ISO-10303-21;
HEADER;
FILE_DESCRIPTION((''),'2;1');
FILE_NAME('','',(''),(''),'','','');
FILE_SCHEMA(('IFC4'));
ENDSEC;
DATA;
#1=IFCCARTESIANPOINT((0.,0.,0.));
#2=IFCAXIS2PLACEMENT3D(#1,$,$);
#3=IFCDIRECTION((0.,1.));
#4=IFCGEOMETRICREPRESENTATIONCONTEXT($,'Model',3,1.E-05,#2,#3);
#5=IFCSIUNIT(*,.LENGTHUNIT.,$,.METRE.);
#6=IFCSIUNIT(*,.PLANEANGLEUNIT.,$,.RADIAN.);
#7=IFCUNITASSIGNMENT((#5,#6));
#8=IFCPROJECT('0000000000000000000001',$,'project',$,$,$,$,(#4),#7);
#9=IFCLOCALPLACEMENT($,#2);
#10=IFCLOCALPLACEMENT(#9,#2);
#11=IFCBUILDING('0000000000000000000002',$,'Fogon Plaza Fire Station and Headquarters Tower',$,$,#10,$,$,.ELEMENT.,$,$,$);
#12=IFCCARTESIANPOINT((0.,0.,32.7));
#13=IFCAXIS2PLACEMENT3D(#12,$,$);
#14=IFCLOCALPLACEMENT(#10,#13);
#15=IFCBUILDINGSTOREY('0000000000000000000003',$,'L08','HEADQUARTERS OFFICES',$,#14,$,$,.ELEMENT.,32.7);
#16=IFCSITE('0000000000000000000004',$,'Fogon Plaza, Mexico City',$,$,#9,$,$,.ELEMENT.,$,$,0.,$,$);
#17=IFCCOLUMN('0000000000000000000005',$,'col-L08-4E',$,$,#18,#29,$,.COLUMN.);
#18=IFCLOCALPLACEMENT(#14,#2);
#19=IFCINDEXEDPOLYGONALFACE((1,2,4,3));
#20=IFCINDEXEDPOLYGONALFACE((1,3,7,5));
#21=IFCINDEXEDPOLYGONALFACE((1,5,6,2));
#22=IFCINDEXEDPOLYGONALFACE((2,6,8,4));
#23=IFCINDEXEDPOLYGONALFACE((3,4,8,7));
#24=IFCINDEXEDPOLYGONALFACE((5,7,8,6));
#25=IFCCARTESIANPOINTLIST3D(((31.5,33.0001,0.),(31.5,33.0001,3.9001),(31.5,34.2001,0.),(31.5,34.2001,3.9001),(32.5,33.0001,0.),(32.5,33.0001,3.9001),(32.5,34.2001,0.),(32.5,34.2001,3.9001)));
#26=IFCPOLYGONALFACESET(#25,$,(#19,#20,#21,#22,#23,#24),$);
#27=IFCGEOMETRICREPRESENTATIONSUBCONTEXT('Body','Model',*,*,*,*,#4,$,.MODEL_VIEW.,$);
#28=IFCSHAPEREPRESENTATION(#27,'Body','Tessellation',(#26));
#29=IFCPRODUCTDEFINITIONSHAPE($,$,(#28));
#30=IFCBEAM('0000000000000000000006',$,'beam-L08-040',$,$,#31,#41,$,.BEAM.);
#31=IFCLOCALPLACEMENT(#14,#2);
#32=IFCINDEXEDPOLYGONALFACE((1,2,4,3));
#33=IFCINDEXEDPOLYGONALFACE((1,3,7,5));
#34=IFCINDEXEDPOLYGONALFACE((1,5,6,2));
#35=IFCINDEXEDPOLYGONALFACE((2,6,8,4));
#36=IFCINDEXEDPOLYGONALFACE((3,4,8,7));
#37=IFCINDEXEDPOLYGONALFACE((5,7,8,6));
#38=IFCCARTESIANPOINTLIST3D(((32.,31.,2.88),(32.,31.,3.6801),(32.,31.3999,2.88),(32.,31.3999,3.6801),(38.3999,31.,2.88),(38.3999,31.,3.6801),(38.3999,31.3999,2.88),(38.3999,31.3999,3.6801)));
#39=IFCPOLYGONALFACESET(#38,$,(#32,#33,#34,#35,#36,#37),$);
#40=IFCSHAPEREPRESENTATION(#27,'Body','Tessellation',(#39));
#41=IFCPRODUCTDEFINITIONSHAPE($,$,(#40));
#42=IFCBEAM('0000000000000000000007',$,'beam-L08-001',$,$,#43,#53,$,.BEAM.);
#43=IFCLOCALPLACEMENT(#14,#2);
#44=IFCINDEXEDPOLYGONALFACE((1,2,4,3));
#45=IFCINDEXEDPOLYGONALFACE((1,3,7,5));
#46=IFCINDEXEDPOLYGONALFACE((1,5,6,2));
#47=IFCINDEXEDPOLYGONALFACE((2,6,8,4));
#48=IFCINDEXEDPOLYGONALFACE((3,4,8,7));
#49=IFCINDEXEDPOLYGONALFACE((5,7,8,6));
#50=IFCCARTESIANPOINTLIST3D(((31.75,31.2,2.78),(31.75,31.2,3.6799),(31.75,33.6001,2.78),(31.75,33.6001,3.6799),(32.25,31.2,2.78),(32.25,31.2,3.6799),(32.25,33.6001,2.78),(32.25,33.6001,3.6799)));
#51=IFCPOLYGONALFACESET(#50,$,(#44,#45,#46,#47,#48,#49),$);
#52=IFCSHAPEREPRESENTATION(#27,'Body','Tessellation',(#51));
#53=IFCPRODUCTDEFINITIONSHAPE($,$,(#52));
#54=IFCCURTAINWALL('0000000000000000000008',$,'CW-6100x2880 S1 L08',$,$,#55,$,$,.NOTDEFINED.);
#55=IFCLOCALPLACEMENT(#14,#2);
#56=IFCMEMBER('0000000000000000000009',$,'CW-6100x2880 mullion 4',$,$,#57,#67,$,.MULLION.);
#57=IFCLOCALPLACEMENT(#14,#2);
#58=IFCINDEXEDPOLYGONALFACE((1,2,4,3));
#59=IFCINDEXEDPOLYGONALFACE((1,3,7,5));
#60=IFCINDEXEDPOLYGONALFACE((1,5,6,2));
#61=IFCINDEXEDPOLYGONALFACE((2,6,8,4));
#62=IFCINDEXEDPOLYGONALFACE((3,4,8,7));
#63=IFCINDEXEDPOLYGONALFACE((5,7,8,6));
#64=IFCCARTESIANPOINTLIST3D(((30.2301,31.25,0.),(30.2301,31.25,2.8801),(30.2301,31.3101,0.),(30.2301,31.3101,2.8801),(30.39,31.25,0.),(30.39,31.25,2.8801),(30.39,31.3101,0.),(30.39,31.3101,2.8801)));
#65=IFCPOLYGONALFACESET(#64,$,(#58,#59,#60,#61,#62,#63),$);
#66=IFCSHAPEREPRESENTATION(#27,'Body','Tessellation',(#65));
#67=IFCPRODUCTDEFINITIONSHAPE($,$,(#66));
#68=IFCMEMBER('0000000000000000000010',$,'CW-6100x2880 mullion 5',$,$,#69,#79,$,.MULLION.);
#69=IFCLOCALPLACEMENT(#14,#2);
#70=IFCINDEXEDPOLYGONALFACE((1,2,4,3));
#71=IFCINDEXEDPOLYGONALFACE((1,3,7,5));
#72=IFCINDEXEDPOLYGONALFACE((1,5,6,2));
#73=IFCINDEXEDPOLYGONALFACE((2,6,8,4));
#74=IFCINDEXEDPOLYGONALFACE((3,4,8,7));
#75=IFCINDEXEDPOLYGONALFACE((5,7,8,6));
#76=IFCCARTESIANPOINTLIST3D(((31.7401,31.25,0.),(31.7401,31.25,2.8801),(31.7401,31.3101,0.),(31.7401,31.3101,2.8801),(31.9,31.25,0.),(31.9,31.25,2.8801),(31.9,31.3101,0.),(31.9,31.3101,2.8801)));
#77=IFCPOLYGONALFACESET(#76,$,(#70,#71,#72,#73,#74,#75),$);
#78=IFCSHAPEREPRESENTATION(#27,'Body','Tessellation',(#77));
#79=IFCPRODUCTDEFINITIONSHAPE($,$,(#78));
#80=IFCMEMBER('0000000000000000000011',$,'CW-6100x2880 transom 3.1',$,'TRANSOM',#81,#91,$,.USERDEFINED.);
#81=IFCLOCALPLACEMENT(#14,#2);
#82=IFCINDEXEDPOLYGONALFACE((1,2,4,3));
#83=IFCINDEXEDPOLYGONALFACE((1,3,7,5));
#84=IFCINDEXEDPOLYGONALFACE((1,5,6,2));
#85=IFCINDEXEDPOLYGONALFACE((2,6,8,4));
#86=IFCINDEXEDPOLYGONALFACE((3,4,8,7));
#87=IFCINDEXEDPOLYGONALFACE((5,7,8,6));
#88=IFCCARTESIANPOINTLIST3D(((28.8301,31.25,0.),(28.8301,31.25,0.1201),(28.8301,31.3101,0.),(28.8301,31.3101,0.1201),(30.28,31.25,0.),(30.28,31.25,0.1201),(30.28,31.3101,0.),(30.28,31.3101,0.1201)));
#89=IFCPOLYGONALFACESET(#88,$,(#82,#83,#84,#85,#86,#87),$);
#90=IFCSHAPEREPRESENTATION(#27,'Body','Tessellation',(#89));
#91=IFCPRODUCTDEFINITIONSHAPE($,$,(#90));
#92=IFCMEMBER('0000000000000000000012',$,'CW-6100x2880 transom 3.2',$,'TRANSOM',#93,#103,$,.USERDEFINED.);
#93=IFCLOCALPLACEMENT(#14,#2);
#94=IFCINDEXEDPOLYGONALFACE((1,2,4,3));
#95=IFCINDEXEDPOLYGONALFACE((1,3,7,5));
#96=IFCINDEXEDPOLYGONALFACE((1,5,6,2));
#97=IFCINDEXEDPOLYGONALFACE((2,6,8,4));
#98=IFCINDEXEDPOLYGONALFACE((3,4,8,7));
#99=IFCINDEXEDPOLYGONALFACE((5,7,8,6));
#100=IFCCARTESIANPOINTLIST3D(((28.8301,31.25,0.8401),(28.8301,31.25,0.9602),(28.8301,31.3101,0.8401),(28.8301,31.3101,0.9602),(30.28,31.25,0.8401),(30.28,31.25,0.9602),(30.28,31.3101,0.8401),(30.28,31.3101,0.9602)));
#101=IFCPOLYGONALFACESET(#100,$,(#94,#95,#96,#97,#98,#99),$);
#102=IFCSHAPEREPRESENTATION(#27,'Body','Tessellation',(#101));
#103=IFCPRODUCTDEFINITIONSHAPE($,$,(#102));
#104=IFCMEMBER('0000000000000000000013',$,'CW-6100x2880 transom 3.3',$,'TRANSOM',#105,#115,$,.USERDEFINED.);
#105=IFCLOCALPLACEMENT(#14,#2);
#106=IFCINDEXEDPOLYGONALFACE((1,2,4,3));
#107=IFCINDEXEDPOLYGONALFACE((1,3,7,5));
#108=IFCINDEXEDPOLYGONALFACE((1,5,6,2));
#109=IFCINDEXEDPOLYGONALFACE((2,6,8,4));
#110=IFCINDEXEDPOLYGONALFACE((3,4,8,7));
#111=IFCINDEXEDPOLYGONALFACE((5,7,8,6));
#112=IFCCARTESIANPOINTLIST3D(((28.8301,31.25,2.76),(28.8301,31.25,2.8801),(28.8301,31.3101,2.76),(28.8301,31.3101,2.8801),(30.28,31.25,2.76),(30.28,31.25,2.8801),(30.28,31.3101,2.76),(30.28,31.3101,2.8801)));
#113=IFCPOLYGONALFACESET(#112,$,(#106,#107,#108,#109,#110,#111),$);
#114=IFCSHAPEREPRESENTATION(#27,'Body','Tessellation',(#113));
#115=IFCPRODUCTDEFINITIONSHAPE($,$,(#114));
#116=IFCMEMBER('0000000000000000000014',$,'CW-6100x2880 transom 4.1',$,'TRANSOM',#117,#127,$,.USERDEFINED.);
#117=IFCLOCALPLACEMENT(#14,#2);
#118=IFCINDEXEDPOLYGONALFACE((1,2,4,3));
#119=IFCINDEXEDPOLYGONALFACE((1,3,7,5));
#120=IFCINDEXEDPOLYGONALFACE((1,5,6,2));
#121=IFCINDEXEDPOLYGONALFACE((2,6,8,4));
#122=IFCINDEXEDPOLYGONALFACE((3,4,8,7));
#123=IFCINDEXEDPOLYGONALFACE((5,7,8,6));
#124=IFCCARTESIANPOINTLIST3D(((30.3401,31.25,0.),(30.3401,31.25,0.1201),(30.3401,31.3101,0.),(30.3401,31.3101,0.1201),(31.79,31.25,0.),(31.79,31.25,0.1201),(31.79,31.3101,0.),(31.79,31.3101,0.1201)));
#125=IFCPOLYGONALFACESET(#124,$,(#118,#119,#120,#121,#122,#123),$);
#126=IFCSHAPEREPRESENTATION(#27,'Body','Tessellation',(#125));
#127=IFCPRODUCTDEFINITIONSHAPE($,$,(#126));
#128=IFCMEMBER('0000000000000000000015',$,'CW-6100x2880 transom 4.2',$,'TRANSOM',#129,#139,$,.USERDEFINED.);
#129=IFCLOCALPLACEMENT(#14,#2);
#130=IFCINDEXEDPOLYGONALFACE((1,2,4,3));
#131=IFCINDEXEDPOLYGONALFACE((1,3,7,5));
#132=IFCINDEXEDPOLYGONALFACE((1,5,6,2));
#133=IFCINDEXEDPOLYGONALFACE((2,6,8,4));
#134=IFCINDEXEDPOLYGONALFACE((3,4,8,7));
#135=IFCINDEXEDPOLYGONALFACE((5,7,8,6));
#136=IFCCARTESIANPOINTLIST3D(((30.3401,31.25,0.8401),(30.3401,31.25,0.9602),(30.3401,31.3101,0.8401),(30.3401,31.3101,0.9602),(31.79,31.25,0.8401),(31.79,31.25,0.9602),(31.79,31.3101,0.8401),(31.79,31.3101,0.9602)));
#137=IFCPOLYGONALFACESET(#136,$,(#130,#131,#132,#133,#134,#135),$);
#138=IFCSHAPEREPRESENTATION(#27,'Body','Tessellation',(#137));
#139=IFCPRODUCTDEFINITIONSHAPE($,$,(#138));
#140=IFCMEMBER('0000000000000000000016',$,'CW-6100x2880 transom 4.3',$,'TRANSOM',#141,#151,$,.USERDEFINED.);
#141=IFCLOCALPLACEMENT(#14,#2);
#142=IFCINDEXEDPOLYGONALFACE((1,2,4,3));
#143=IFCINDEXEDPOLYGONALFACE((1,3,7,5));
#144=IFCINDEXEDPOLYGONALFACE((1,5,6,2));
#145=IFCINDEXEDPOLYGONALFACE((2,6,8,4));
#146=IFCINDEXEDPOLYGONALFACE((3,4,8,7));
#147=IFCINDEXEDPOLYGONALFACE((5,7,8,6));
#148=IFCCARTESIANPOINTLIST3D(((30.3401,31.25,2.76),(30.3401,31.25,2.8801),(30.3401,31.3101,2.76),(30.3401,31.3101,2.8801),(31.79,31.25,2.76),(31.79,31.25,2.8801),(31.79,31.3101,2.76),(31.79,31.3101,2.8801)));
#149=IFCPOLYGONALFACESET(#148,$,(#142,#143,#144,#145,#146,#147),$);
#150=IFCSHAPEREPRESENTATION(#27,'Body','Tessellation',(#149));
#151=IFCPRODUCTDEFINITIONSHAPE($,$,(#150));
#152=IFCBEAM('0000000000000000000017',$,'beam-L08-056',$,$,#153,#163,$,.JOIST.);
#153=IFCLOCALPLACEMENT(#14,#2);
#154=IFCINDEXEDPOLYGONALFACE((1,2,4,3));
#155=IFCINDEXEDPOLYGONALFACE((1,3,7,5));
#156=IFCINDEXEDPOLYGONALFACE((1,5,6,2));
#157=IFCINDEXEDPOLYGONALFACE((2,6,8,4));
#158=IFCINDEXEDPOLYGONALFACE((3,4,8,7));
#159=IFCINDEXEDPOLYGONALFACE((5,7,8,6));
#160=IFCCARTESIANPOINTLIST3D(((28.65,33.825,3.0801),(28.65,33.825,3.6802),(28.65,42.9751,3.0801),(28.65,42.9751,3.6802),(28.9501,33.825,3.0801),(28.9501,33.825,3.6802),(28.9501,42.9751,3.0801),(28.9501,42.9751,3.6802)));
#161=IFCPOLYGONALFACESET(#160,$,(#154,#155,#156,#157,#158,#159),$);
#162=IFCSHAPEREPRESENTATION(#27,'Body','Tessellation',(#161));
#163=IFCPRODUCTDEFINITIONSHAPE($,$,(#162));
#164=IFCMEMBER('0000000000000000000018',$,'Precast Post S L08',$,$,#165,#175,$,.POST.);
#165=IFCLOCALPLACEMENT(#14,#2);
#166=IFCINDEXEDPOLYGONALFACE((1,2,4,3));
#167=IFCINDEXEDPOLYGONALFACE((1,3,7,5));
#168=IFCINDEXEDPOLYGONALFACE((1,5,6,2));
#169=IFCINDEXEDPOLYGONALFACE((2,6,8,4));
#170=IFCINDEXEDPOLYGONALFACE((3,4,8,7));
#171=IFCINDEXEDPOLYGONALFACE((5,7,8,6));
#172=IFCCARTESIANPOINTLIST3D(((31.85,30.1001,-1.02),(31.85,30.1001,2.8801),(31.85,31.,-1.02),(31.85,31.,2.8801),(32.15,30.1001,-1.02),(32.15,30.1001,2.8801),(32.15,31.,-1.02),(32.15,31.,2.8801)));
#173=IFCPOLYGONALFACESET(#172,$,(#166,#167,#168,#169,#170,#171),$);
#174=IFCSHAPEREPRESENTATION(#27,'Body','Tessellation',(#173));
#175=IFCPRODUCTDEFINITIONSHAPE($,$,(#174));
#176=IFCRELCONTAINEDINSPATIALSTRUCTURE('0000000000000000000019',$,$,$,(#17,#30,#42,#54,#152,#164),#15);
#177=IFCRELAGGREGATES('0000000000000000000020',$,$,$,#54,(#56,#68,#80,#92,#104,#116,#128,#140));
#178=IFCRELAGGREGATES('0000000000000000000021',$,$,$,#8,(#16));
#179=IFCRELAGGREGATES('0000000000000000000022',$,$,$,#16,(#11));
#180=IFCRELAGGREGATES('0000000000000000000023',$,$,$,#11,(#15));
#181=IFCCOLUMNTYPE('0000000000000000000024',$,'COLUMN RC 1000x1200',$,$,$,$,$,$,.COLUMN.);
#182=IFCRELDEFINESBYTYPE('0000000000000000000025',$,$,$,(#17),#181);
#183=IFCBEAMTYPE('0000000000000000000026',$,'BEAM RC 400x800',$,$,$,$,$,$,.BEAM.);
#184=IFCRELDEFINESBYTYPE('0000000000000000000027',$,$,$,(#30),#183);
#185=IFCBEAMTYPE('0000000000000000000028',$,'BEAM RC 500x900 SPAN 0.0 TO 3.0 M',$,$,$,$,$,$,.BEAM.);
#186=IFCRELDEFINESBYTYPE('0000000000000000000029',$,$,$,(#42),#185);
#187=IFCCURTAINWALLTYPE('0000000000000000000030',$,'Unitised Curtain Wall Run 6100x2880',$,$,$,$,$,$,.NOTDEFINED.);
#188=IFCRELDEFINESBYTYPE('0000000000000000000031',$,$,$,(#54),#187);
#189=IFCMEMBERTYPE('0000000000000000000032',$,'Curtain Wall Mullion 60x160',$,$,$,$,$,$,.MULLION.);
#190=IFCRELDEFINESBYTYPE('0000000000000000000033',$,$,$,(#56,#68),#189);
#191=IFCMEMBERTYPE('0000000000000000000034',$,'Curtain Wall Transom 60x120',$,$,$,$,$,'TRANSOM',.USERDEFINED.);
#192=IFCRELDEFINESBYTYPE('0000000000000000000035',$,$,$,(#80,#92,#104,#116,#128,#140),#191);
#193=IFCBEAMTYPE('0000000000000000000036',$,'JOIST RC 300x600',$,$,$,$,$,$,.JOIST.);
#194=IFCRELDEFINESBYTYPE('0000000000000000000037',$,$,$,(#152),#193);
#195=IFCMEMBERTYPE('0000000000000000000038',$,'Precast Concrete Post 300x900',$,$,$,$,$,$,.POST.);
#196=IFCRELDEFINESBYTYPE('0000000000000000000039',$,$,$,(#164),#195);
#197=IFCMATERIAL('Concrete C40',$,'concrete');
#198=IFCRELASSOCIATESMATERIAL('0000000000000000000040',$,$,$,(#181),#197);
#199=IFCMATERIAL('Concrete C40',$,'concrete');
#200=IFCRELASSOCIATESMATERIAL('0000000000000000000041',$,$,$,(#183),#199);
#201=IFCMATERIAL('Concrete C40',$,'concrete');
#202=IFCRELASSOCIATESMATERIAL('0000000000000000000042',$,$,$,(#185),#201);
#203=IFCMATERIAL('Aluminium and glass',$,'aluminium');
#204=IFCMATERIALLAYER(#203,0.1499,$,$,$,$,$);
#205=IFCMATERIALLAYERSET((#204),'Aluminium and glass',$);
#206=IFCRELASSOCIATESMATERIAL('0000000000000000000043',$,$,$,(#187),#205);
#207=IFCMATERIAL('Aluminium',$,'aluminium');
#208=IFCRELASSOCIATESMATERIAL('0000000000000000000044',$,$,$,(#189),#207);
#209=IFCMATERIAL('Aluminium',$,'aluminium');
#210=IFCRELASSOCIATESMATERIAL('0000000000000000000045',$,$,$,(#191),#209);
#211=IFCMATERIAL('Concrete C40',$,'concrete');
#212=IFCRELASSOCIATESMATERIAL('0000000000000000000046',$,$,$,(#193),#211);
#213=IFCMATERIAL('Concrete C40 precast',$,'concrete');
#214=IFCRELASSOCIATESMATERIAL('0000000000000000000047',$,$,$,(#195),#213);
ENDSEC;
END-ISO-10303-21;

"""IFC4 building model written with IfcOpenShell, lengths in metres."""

from ifc_helpers import new_model, si_unit, direction, frame, origin, origin_2d, place, context, subcontext, project, spatial, rectangle, extrude, material, layer, layer_set, material_profile, profile_set, type_object, element, aggregate, save


model = new_model("IFC4")

# Units and contexts
model_context = context("Model", 3, precision=1e-05, world=origin(), true_north=direction((0.0, 1.0)))
body_context = subcontext(model_context, "Body", "Model", "MODEL_VIEW")
ifc_project = project(units=[si_unit("LENGTHUNIT", "METRE"), si_unit("PLANEANGLEUNIT", "RADIAN")], contexts=[model_context])

# Site, building, storey
site_placement = place(None, origin())
site = spatial("IfcSite", under=ifc_project, at=site_placement, Name="Fogon Plaza, Mexico City", CompositionType="ELEMENT", RefElevation=0.0)
building_placement = place(site_placement, origin())
building = spatial("IfcBuilding", under=site, at=building_placement, Name="Fogon Plaza Fire Station and Headquarters Tower", CompositionType="ELEMENT")
storey_placement = place(building_placement, frame((0.0, 0.0, 32.7)))
storey = spatial("IfcBuildingStorey", under=building, at=storey_placement, Name="L08", Description="HEADQUARTERS OFFICES", CompositionType="ELEMENT", Elevation=32.7)

# Column
ifc_material_1 = material(Name="Concrete C40", Category="concrete")
ifc_material_profile_1 = material_profile(ifc_material_1, rectangle(XDim=1.0, YDim=1.2, at=origin_2d()), Name="RC 1000x1200")
ifc_profile_set_1 = profile_set([ifc_material_profile_1], Name="Concrete C40")
column_type = type_object("IfcColumnType", Name="COLUMN RC 1000x1200", PredefinedType="COLUMN", material=ifc_profile_set_1)
column_placement = place(storey_placement, frame((32.0, 33.6001, 0.0), z_axis=(0.0, 0.0, 1.0), x_axis=(1.0, 0.0, 0.0)))
element("IfcColumn", 1, at=column_placement, inside=storey, type_object=column_type, Name="col-L08-4E", PredefinedType="COLUMN", context=body_context, shape_type="SweptSolid", body=[
    extrude(rectangle(XDim=1.0, YDim=1.2, at=origin_2d()), origin(), (0.0, 0.0, 1.0), 3.9001),
])

# Beams
ifc_material_2 = material(Name="Concrete C40", Category="concrete")
ifc_material_profile_2 = material_profile(ifc_material_2, rectangle(XDim=0.3999, YDim=0.8, at=origin_2d()), Name="RC 400x800")
ifc_profile_set_2 = profile_set([ifc_material_profile_2], Name="Concrete C40")
beam_type_1 = type_object("IfcBeamType", Name="BEAM RC 400x800", PredefinedType="BEAM", material=ifc_profile_set_2)
beam_1_placement = place(storey_placement, frame((32.0, 31.2, 3.28), z_axis=(1.0, 0.0, 0.0), x_axis=(0.0, 1.0, 0.0)))
element("IfcBeam", 2, at=beam_1_placement, inside=storey, type_object=beam_type_1, Name="beam-L08-040", PredefinedType="BEAM", context=body_context, shape_type="SweptSolid", body=[
    extrude(rectangle(XDim=0.3999, YDim=0.8, at=origin_2d()), origin(), (0.0, 0.0, 1.0), 6.3999),
])
ifc_material_3 = material(Name="Concrete C40", Category="concrete")
ifc_material_profile_3 = material_profile(ifc_material_3, rectangle(XDim=0.5, YDim=0.8999, at=origin_2d()), Name="RC 500x900")
ifc_profile_set_3 = profile_set([ifc_material_profile_3], Name="Concrete C40")
beam_type_2 = type_object("IfcBeamType", Name="BEAM RC 500x900 SPAN 0.0 TO 3.0 M", PredefinedType="BEAM", material=ifc_profile_set_3)
beam_2_placement = place(storey_placement, frame((32.0, 31.2, 3.23), z_axis=(0.0, 1.0, 0.0), x_axis=(-1.0, 0.0, 0.0)))
element("IfcBeam", 3, at=beam_2_placement, inside=storey, type_object=beam_type_2, Name="beam-L08-001", PredefinedType="BEAM", context=body_context, shape_type="SweptSolid", body=[
    extrude(rectangle(XDim=0.5, YDim=0.8999, at=origin_2d()), origin(), (0.0, 0.0, 1.0), 2.4001),
])

# Curtain wall, members
ifc_material_4 = material(Name="Aluminium and glass", Category="aluminium")
ifc_layer_1 = layer(ifc_material_4, 0.1499)
ifc_layer_set_1 = layer_set([ifc_layer_1], Name="Aluminium and glass")
curtain_wall_type = type_object("IfcCurtainWallType", Name="Unitised Curtain Wall Run 6100x2880", PredefinedType="NOTDEFINED", material=ifc_layer_set_1)
curtain_wall_placement = place(storey_placement, origin())
curtain_wall = element("IfcCurtainWall", 4, at=curtain_wall_placement, inside=storey, type_object=curtain_wall_type, Name="CW-6100x2880 S1 L08", PredefinedType="NOTDEFINED")
ifc_material_5 = material(Name="Aluminium", Category="aluminium")
ifc_material_profile_4 = material_profile(ifc_material_5, rectangle(XDim=0.0601, YDim=0.1599, at=origin_2d()), Name="Curtain Wall Mullion 60x160")
ifc_profile_set_4 = profile_set([ifc_material_profile_4], Name="Aluminium")
member_type_1 = type_object("IfcMemberType", Name="Curtain Wall Mullion 60x160", PredefinedType="MULLION", material=ifc_profile_set_4)
member_1_placement = place(storey_placement, frame((30.3101, 31.28, 0.0), z_axis=(0.0, 0.0, 1.0), x_axis=(0.0, 1.0, 0.0)))
member_1 = element("IfcMember", 5, at=member_1_placement, type_object=member_type_1, Name="CW-6100x2880 mullion 4", PredefinedType="MULLION", context=body_context, shape_type="SweptSolid", body=[
    extrude(rectangle(XDim=0.0601, YDim=0.1599, at=origin_2d()), origin(), (0.0, 0.0, 1.0), 2.8801),
])
member_2_placement = place(storey_placement, frame((31.8201, 31.28, 0.0), z_axis=(0.0, 0.0, 1.0), x_axis=(0.0, 1.0, 0.0)))
member_2 = element("IfcMember", 6, at=member_2_placement, type_object=member_type_1, Name="CW-6100x2880 mullion 5", PredefinedType="MULLION", context=body_context, shape_type="SweptSolid", body=[
    extrude(rectangle(XDim=0.0601, YDim=0.1599, at=origin_2d()), origin(), (0.0, 0.0, 1.0), 2.8801),
])
ifc_material_6 = material(Name="Aluminium", Category="aluminium")
ifc_material_profile_5 = material_profile(ifc_material_6, rectangle(XDim=0.0601, YDim=0.1201, at=origin_2d()), Name="Curtain Wall Transom 60x120")
ifc_profile_set_5 = profile_set([ifc_material_profile_5], Name="Aluminium")
member_type_2 = type_object("IfcMemberType", Name="Curtain Wall Transom 60x120", ElementType="TRANSOM", PredefinedType="USERDEFINED", material=ifc_profile_set_5)
member_3_placement = place(storey_placement, frame((28.8301, 31.28, 0.0601), z_axis=(1.0, 0.0, 0.0), x_axis=(0.0, 1.0, 0.0)))
member_3 = element("IfcMember", 7, at=member_3_placement, type_object=member_type_2, Name="CW-6100x2880 transom 3.1", ObjectType="TRANSOM", PredefinedType="USERDEFINED", context=body_context, shape_type="SweptSolid", body=[
    extrude(rectangle(XDim=0.0601, YDim=0.1201, at=origin_2d()), origin(), (0.0, 0.0, 1.0), 1.45),
])
member_4_placement = place(storey_placement, frame((28.8301, 31.28, 0.9001), z_axis=(1.0, 0.0, 0.0), x_axis=(0.0, 1.0, 0.0)))
member_4 = element("IfcMember", 8, at=member_4_placement, type_object=member_type_2, Name="CW-6100x2880 transom 3.2", ObjectType="TRANSOM", PredefinedType="USERDEFINED", context=body_context, shape_type="SweptSolid", body=[
    extrude(rectangle(XDim=0.0601, YDim=0.1201, at=origin_2d()), origin(), (0.0, 0.0, 1.0), 1.45),
])
member_5_placement = place(storey_placement, frame((28.8301, 31.28, 2.8201), z_axis=(1.0, 0.0, 0.0), x_axis=(0.0, 1.0, 0.0)))
member_5 = element("IfcMember", 9, at=member_5_placement, type_object=member_type_2, Name="CW-6100x2880 transom 3.3", ObjectType="TRANSOM", PredefinedType="USERDEFINED", context=body_context, shape_type="SweptSolid", body=[
    extrude(rectangle(XDim=0.0601, YDim=0.1201, at=origin_2d()), origin(), (0.0, 0.0, 1.0), 1.45),
])
member_6_placement = place(storey_placement, frame((30.3401, 31.28, 0.0601), z_axis=(1.0, 0.0, 0.0), x_axis=(0.0, 1.0, 0.0)))
member_6 = element("IfcMember", 10, at=member_6_placement, type_object=member_type_2, Name="CW-6100x2880 transom 4.1", ObjectType="TRANSOM", PredefinedType="USERDEFINED", context=body_context, shape_type="SweptSolid", body=[
    extrude(rectangle(XDim=0.0601, YDim=0.1201, at=origin_2d()), origin(), (0.0, 0.0, 1.0), 1.45),
])
member_7_placement = place(storey_placement, frame((30.3401, 31.28, 0.9001), z_axis=(1.0, 0.0, 0.0), x_axis=(0.0, 1.0, 0.0)))
member_7 = element("IfcMember", 11, at=member_7_placement, type_object=member_type_2, Name="CW-6100x2880 transom 4.2", ObjectType="TRANSOM", PredefinedType="USERDEFINED", context=body_context, shape_type="SweptSolid", body=[
    extrude(rectangle(XDim=0.0601, YDim=0.1201, at=origin_2d()), origin(), (0.0, 0.0, 1.0), 1.45),
])
member_8_placement = place(storey_placement, frame((30.3401, 31.28, 2.8201), z_axis=(1.0, 0.0, 0.0), x_axis=(0.0, 1.0, 0.0)))
member_8 = element("IfcMember", 12, at=member_8_placement, type_object=member_type_2, Name="CW-6100x2880 transom 4.3", ObjectType="TRANSOM", PredefinedType="USERDEFINED", context=body_context, shape_type="SweptSolid", body=[
    extrude(rectangle(XDim=0.0601, YDim=0.1201, at=origin_2d()), origin(), (0.0, 0.0, 1.0), 1.45),
])

# Beam
ifc_material_7 = material(Name="Concrete C40", Category="concrete")
ifc_material_profile_6 = material_profile(ifc_material_7, rectangle(XDim=0.3, YDim=0.6001, at=origin_2d()), Name="RC 300x600")
ifc_profile_set_6 = profile_set([ifc_material_profile_6], Name="Concrete C40")
beam_type_3 = type_object("IfcBeamType", Name="JOIST RC 300x600", PredefinedType="JOIST", material=ifc_profile_set_6)
beam_3_placement = place(storey_placement, frame((28.8, 33.825, 3.3801), z_axis=(0.0, 1.0, 0.0), x_axis=(-1.0, 0.0, 0.0)))
element("IfcBeam", 13, at=beam_3_placement, inside=storey, type_object=beam_type_3, Name="beam-L08-056", PredefinedType="JOIST", context=body_context, shape_type="SweptSolid", body=[
    extrude(rectangle(XDim=0.3, YDim=0.6001, at=origin_2d()), origin(), (0.0, 0.0, 1.0), 9.1501),
])

# Member
ifc_material_8 = material(Name="Concrete C40 precast", Category="concrete")
ifc_material_profile_7 = material_profile(ifc_material_8, rectangle(XDim=0.3, YDim=0.8999, at=origin_2d()), Name="Precast Concrete Post 300x900")
ifc_profile_set_7 = profile_set([ifc_material_profile_7], Name="Concrete C40 precast")
member_type_3 = type_object("IfcMemberType", Name="Precast Concrete Post 300x900", PredefinedType="POST", material=ifc_profile_set_7)
member_9_placement = place(storey_placement, frame((32.0, 30.55, -1.02), z_axis=(0.0, 0.0, 1.0), x_axis=(1.0, 0.0, 0.0)))
element("IfcMember", 14, at=member_9_placement, inside=storey, type_object=member_type_3, Name="Precast Post S L08", PredefinedType="POST", context=body_context, shape_type="SweptSolid", body=[
    extrude(rectangle(XDim=0.3, YDim=0.8999, at=origin_2d()), origin(), (0.0, 0.0, 1.0), 3.9001),
])

aggregate(curtain_wall, [member_1, member_2, member_3, member_4, member_5, member_6, member_7, member_8])

save(model, "model.ifc")
